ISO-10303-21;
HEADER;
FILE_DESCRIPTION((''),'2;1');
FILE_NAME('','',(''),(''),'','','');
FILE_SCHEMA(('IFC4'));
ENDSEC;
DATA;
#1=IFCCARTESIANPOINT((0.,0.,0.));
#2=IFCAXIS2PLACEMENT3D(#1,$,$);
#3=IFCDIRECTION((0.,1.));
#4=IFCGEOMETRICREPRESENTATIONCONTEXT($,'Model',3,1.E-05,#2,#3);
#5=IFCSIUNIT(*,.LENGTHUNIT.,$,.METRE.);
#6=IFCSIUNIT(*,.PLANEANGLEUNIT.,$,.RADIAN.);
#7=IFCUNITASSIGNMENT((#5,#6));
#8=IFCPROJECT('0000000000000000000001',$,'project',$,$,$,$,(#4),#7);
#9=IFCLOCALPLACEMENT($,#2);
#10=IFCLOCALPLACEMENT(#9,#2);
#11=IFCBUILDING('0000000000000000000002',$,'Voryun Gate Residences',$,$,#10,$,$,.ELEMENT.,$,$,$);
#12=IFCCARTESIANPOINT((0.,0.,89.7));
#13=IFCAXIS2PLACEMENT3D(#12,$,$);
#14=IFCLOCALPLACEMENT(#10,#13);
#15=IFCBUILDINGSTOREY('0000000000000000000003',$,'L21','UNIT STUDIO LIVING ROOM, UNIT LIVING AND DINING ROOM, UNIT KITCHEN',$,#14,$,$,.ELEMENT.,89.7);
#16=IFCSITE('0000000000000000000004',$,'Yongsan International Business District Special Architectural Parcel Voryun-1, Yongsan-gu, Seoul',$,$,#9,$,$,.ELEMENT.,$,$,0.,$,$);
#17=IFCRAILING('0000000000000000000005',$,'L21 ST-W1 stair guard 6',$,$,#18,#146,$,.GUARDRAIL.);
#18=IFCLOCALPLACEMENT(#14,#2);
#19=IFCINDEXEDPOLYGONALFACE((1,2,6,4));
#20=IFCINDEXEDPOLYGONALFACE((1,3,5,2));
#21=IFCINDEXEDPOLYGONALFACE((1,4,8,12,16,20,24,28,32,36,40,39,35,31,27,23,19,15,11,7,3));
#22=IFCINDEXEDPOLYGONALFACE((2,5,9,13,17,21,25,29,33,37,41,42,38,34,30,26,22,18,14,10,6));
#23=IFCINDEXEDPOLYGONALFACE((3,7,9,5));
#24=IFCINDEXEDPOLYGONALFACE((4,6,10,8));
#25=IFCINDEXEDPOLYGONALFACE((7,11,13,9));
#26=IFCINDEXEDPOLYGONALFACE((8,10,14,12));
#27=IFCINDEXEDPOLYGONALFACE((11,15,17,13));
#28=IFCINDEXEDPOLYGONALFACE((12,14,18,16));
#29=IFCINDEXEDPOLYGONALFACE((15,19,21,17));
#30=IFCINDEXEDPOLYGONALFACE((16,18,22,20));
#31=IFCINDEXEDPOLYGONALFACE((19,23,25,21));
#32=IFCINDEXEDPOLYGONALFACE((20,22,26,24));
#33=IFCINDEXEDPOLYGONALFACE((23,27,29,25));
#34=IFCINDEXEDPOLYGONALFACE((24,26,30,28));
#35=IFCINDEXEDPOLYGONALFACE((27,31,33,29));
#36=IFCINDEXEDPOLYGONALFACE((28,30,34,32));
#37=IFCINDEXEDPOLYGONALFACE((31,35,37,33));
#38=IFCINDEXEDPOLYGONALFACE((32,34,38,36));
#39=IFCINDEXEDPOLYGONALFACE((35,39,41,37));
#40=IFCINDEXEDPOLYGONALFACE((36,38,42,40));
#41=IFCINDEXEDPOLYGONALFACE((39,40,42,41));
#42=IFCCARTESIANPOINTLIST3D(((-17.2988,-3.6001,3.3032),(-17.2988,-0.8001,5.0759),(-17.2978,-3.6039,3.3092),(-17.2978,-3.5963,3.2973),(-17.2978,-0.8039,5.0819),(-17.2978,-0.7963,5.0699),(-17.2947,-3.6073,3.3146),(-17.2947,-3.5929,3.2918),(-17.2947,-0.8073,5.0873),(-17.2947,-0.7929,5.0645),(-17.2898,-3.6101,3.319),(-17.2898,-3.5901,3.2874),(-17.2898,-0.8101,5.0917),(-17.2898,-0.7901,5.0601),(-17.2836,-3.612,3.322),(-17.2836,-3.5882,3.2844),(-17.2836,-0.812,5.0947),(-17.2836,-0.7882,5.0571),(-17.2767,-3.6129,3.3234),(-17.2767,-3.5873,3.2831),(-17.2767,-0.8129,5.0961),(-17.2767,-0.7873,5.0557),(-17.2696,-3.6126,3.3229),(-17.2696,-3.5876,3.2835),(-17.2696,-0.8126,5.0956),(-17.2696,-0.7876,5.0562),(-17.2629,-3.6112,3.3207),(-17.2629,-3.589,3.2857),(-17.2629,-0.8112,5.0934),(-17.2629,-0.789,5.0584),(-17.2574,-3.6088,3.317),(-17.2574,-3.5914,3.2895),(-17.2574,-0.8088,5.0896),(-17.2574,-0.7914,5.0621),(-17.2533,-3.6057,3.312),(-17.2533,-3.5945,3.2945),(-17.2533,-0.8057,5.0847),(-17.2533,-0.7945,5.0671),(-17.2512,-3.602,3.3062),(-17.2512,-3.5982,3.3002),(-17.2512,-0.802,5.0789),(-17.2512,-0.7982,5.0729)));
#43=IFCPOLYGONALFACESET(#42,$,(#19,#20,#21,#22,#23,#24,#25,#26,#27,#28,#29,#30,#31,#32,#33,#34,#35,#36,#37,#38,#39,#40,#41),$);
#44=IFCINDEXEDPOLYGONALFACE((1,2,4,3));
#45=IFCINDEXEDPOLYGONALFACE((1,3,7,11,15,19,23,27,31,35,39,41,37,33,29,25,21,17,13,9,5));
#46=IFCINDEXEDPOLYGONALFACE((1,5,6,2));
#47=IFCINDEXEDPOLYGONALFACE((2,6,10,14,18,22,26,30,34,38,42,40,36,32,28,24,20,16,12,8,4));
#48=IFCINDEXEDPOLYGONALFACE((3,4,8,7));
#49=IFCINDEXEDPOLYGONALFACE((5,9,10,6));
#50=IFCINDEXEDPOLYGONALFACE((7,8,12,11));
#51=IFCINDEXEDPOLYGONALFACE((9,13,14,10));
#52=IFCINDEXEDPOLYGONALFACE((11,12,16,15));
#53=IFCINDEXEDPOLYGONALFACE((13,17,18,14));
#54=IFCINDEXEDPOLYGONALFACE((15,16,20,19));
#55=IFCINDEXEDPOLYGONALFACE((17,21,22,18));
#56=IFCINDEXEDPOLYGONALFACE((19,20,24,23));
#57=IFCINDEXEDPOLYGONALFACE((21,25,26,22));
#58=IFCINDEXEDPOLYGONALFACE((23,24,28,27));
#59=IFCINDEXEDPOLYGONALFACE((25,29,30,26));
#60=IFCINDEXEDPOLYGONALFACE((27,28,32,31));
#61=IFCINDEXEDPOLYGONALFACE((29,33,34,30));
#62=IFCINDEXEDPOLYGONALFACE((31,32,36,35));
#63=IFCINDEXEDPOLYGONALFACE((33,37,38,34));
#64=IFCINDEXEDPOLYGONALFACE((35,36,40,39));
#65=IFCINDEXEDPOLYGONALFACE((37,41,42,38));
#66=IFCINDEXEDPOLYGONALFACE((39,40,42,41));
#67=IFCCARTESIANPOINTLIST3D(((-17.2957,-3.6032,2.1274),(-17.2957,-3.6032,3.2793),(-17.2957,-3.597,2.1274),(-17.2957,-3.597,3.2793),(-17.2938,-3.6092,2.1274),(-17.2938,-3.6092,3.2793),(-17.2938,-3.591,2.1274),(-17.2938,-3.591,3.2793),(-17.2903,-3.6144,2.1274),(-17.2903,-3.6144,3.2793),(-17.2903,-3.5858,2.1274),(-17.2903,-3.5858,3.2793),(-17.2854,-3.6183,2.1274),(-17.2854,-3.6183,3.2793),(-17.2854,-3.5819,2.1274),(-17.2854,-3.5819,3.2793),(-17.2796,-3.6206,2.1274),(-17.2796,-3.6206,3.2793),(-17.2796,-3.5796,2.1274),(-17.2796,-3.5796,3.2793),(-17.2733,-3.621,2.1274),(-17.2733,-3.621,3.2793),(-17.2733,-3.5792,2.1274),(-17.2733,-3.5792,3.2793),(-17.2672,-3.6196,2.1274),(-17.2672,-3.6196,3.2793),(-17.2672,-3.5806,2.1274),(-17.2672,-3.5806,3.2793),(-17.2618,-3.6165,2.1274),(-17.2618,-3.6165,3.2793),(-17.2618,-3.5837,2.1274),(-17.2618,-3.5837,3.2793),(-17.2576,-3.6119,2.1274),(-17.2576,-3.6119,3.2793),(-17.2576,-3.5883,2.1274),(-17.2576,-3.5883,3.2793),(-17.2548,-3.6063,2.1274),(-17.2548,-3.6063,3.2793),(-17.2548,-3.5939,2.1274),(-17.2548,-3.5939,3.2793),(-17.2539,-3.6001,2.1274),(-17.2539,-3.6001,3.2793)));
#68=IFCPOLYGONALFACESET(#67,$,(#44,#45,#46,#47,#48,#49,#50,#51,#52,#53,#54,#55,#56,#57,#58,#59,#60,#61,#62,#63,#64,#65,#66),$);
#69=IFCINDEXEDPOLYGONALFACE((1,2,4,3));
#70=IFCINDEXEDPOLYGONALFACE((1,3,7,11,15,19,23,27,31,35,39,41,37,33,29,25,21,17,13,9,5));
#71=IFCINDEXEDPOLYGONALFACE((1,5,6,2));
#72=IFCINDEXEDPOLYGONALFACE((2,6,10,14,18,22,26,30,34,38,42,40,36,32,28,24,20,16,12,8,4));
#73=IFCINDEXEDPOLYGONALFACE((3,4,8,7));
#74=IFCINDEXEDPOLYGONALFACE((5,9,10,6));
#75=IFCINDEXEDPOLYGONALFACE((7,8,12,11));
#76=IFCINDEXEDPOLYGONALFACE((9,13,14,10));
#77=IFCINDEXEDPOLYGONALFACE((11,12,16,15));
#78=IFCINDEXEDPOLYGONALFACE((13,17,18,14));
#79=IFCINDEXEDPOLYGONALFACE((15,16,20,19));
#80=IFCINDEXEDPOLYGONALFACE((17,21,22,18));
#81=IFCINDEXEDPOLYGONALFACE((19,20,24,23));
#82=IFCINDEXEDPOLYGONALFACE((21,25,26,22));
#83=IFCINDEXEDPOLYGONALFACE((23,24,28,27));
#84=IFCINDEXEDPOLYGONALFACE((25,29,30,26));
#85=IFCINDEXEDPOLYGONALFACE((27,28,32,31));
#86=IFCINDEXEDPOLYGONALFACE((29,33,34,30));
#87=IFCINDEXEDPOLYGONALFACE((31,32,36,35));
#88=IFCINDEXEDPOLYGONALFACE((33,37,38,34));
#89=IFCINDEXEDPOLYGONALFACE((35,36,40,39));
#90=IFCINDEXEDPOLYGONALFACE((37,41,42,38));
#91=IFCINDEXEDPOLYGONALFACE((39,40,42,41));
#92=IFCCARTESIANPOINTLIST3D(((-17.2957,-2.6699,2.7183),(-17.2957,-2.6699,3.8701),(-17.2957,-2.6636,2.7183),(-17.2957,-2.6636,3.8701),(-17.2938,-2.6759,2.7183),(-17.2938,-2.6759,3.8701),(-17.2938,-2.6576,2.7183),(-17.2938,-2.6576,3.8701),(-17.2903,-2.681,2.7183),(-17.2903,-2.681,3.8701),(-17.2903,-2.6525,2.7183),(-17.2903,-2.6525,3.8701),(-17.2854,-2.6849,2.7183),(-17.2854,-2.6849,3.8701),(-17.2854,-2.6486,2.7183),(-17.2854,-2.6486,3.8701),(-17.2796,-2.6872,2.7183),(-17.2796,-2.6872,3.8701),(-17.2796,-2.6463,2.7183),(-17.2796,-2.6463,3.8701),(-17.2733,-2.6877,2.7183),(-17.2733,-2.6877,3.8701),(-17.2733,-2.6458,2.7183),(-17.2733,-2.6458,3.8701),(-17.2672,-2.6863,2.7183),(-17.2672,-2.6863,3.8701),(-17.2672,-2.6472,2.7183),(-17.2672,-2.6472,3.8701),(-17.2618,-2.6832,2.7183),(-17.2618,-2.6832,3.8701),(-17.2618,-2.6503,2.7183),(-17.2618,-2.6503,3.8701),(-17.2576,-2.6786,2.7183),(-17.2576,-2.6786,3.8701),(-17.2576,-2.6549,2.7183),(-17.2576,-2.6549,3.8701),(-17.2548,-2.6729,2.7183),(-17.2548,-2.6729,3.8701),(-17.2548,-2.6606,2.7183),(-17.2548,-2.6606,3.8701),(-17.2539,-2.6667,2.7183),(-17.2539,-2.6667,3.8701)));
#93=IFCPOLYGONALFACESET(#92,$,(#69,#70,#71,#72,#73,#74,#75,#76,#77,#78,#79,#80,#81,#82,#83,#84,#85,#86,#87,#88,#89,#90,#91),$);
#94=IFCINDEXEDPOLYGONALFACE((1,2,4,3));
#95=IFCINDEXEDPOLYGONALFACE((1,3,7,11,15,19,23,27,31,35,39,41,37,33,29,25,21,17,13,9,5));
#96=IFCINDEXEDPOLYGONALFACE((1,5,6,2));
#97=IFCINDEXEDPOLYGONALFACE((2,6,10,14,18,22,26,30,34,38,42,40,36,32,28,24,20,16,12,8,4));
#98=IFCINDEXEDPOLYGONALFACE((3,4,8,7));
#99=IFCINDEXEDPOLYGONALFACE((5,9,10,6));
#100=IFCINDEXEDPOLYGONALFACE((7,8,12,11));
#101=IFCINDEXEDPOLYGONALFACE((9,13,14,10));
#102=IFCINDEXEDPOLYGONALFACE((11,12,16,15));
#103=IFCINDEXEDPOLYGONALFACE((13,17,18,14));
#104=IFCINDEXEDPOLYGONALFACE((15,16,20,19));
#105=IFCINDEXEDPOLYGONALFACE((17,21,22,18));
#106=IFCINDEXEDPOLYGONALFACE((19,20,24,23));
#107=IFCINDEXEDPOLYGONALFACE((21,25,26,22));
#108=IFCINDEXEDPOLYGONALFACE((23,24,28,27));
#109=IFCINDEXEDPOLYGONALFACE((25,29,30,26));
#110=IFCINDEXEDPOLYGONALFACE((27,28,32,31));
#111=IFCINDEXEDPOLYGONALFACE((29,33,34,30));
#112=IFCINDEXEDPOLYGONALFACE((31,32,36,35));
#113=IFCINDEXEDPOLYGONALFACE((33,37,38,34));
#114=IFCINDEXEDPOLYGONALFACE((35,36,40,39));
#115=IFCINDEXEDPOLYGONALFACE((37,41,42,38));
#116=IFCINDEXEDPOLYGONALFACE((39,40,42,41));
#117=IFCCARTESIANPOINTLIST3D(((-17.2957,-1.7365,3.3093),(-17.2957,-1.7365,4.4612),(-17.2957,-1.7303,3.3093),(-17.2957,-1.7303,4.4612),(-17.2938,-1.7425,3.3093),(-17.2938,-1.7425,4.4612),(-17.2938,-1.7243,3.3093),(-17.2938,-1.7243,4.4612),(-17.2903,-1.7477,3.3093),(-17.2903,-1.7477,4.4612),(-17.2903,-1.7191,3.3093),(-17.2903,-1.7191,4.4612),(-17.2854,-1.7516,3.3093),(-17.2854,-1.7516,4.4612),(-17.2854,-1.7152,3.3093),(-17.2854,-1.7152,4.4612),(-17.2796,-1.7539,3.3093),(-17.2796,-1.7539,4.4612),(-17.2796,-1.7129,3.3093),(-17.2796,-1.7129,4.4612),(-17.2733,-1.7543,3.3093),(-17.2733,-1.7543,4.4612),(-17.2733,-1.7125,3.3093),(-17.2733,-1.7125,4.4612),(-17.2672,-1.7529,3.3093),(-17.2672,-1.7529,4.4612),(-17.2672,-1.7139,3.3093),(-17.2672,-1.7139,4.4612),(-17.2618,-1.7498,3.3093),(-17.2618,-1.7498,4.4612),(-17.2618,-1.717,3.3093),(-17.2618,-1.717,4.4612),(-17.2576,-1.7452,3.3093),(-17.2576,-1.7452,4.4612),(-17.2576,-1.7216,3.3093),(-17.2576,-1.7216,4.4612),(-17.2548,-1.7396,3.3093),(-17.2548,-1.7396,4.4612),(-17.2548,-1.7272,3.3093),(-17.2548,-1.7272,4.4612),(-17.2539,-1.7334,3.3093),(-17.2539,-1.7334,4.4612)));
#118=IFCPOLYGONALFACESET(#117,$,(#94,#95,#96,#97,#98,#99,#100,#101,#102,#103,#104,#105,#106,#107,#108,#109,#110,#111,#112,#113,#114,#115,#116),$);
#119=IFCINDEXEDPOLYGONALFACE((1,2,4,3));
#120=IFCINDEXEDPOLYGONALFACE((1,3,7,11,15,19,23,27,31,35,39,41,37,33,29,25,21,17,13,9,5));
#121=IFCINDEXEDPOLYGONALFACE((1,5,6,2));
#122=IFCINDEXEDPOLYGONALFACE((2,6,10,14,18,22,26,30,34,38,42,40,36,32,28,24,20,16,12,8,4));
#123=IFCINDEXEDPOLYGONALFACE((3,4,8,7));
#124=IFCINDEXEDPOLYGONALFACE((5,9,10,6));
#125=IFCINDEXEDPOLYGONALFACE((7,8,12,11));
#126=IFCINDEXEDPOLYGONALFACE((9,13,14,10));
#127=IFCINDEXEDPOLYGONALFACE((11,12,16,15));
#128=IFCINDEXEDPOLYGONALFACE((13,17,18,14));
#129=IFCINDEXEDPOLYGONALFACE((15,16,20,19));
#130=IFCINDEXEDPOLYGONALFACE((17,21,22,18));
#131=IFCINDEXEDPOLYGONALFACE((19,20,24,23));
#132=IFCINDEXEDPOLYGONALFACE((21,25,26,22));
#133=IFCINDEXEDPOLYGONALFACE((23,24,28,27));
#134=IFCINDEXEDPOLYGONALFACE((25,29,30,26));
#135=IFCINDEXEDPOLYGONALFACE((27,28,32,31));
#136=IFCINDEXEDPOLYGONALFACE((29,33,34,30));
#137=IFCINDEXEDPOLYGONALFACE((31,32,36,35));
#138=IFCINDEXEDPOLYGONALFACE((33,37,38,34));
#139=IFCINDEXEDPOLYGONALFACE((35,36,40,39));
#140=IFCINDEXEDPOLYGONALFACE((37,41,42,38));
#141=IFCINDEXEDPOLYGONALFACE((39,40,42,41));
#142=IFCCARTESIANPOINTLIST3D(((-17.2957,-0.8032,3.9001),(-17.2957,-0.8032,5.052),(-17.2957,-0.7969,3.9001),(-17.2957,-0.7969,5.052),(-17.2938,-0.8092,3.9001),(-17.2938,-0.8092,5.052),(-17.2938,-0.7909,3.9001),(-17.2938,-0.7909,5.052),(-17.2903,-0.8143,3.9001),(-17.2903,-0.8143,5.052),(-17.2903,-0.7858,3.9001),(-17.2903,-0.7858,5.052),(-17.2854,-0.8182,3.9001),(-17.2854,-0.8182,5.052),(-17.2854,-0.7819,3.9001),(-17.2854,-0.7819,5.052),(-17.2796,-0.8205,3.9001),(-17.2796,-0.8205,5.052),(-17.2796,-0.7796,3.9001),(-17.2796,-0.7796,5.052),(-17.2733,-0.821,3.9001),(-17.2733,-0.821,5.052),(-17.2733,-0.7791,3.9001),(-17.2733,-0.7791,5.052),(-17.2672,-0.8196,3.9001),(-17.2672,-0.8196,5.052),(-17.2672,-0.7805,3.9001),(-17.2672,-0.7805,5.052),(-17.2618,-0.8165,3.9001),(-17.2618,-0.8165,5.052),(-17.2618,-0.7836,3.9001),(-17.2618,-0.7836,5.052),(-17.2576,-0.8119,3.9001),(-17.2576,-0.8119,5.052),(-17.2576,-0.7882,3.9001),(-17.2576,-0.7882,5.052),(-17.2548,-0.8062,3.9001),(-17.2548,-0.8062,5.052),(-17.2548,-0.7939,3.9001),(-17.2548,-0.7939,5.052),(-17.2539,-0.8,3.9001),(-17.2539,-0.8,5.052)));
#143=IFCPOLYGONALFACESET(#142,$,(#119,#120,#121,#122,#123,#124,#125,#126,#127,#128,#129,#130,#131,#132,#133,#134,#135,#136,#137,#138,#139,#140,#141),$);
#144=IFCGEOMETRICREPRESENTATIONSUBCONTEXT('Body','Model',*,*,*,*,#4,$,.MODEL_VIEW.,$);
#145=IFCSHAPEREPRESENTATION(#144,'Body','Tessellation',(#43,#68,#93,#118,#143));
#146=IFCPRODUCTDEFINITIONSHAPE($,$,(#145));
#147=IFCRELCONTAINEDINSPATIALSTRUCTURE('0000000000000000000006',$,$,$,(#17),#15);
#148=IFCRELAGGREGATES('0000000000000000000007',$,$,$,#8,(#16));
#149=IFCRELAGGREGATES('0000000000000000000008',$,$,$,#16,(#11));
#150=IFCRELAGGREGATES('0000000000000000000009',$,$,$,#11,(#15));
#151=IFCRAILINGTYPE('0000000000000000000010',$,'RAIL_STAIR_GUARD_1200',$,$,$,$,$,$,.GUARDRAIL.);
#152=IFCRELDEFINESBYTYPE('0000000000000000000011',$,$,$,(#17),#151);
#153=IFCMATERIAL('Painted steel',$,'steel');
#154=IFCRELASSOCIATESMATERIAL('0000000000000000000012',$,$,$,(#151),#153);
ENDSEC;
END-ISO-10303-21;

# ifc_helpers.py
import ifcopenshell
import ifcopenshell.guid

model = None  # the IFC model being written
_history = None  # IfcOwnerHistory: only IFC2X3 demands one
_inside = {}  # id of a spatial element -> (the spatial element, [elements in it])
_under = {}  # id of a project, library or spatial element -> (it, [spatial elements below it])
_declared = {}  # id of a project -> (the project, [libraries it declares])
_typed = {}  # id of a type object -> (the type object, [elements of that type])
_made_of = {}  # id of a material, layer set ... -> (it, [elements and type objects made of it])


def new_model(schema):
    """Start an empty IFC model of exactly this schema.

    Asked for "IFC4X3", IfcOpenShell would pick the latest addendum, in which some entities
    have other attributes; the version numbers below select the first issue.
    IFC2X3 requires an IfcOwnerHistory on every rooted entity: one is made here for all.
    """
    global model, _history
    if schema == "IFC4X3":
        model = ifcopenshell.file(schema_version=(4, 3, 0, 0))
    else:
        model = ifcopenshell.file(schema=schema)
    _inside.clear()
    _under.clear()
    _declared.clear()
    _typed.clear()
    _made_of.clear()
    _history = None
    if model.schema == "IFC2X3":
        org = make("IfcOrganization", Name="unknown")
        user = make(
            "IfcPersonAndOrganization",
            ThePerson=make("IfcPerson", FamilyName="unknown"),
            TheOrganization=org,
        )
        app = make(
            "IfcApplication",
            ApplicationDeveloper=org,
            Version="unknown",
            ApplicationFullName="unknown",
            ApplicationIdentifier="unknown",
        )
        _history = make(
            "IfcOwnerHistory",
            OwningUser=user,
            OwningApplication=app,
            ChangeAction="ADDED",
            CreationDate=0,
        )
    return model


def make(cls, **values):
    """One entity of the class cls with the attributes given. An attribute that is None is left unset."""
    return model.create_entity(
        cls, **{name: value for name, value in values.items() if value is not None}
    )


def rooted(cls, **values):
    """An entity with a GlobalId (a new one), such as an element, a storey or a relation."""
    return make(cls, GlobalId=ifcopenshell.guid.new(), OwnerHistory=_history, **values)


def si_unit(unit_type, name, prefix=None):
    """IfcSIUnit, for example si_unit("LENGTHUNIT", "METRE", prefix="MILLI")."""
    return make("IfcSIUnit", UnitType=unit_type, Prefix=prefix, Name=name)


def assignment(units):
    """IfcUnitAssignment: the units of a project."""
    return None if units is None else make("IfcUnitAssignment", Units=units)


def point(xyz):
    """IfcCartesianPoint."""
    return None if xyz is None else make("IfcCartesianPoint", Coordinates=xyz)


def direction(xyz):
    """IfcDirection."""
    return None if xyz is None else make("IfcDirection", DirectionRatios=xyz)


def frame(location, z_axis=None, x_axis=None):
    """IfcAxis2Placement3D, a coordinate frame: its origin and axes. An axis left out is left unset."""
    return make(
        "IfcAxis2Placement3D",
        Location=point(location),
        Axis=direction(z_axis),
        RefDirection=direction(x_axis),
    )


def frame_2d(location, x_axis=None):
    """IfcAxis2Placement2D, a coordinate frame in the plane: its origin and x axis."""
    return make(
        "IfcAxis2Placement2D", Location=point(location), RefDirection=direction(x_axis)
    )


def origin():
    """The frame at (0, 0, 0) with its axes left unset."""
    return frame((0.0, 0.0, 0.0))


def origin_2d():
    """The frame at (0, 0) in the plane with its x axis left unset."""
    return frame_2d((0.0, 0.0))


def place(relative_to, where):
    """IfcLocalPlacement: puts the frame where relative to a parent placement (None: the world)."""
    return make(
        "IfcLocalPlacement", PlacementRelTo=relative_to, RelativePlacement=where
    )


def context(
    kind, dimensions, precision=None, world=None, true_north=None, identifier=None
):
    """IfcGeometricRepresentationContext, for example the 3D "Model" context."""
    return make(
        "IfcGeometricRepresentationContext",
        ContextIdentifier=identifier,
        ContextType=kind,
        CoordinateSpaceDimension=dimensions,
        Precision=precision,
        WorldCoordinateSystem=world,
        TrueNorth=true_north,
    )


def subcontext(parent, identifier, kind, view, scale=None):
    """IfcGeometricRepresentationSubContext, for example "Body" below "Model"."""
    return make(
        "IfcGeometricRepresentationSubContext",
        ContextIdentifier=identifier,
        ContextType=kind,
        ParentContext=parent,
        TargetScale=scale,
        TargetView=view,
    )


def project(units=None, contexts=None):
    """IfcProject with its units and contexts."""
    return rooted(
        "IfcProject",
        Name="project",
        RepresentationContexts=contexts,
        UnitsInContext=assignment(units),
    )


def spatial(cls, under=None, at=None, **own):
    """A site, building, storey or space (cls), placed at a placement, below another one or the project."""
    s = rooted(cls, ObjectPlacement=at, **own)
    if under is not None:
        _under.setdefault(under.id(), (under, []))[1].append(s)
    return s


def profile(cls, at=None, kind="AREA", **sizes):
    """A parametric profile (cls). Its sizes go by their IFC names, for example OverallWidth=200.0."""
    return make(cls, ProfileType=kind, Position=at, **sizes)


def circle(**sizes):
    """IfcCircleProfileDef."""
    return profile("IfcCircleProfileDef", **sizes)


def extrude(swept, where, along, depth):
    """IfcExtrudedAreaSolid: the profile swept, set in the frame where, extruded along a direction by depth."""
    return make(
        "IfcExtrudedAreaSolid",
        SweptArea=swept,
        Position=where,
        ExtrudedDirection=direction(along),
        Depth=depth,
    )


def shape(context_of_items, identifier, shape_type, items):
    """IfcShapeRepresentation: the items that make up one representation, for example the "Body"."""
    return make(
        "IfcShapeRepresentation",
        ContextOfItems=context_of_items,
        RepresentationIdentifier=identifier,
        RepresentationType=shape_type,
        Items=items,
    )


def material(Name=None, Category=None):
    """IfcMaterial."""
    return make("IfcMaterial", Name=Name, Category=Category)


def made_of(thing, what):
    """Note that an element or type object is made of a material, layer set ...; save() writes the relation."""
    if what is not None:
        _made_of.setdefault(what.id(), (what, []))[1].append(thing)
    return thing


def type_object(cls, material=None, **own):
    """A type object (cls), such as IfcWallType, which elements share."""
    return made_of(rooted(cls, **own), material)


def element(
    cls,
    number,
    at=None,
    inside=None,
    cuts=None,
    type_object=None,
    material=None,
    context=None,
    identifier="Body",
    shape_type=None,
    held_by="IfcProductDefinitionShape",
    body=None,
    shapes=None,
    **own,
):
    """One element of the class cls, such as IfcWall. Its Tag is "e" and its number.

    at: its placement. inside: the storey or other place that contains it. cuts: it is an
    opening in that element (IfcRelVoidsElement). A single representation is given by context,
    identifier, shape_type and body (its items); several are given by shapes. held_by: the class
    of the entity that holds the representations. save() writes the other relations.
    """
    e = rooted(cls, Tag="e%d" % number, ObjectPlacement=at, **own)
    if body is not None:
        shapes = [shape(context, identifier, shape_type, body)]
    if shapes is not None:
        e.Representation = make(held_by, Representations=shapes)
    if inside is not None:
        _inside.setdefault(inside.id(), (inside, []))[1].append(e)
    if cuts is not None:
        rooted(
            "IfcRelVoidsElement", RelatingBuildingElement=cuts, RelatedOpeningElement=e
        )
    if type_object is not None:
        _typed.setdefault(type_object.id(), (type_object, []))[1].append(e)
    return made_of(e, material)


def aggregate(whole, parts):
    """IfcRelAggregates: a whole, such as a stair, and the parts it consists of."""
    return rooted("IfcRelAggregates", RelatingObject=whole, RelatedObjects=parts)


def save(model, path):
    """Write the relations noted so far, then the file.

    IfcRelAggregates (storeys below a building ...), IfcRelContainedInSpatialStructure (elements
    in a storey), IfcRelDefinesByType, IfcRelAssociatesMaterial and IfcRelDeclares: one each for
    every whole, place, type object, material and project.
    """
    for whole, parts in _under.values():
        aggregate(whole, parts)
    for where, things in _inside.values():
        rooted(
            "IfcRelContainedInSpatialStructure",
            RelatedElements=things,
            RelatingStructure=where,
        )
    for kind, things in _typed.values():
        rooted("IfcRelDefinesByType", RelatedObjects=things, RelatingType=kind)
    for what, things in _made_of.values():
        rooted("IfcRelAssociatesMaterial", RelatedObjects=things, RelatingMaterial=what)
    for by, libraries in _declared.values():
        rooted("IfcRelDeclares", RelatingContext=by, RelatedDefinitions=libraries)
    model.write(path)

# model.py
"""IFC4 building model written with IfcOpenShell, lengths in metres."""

from ifc_helpers import new_model, si_unit, direction, frame, origin, origin_2d, place, context, subcontext, project, spatial, circle, extrude, material, type_object, element, save


model = new_model("IFC4")

# Units and contexts
model_context = context("Model", 3, precision=1e-05, world=origin(), true_north=direction((0.0, 1.0)))
body_context = subcontext(model_context, "Body", "Model", "MODEL_VIEW")
ifc_project = project(units=[si_unit("LENGTHUNIT", "METRE"), si_unit("PLANEANGLEUNIT", "RADIAN")], contexts=[model_context])

# Site, building, storey
site_placement = place(None, origin())
site = spatial("IfcSite", under=ifc_project, at=site_placement, Name="Yongsan International Business District Special Architectural Parcel Voryun-1, Yongsan-gu, Seoul", CompositionType="ELEMENT", RefElevation=0.0)
building_placement = place(site_placement, origin())
building = spatial("IfcBuilding", under=site, at=building_placement, Name="Voryun Gate Residences", CompositionType="ELEMENT")
storey_placement = place(building_placement, frame((0.0, 0.0, 89.7)))
storey = spatial("IfcBuildingStorey", under=building, at=storey_placement, Name="L21", Description="UNIT STUDIO LIVING ROOM, UNIT LIVING AND DINING ROOM, UNIT KITCHEN", CompositionType="ELEMENT", Elevation=89.7)

# Railing
ifc_material_1 = material(Name="Painted steel", Category="steel")
railing_type_1 = type_object("IfcRailingType", Name="RAIL_STAIR_GUARD_1200", PredefinedType="GUARDRAIL", material=ifc_material_1)
railing_1_placement = place(storey_placement, frame((-17.2749, -3.6001, 2.1274)))
element("IfcRailing", 1, at=railing_1_placement, inside=storey, type_object=railing_type_1, Name="L21 ST-W1 stair guard 6", PredefinedType="GUARDRAIL", context=body_context, shape_type="SweptSolid", body=[
    extrude(circle(Radius=0.0239, at=origin_2d()), frame((0.0, 0.0, 1.1758), z_axis=(0.0, 0.844909, 0.53491), x_axis=(-1.0, 0.0, 0.0)), (0.0, 0.0, 1.0), 3.314),
    extrude(circle(Radius=0.021, at=origin_2d()), origin(), (0.0, 0.0, 1.0), 1.1519),
    extrude(circle(Radius=0.021, at=origin_2d()), frame((0.0, 0.9333, 0.5908)), (0.0, 0.0, 1.0), 1.1519),
    extrude(circle(Radius=0.021, at=origin_2d()), frame((0.0, 1.8667, 1.1819)), (0.0, 0.0, 1.0), 1.1519),
    extrude(circle(Radius=0.021, at=origin_2d()), frame((0.0, 2.8, 1.7727)), (0.0, 0.0, 1.0), 1.1519),
])

save(model, "model.ifc")
